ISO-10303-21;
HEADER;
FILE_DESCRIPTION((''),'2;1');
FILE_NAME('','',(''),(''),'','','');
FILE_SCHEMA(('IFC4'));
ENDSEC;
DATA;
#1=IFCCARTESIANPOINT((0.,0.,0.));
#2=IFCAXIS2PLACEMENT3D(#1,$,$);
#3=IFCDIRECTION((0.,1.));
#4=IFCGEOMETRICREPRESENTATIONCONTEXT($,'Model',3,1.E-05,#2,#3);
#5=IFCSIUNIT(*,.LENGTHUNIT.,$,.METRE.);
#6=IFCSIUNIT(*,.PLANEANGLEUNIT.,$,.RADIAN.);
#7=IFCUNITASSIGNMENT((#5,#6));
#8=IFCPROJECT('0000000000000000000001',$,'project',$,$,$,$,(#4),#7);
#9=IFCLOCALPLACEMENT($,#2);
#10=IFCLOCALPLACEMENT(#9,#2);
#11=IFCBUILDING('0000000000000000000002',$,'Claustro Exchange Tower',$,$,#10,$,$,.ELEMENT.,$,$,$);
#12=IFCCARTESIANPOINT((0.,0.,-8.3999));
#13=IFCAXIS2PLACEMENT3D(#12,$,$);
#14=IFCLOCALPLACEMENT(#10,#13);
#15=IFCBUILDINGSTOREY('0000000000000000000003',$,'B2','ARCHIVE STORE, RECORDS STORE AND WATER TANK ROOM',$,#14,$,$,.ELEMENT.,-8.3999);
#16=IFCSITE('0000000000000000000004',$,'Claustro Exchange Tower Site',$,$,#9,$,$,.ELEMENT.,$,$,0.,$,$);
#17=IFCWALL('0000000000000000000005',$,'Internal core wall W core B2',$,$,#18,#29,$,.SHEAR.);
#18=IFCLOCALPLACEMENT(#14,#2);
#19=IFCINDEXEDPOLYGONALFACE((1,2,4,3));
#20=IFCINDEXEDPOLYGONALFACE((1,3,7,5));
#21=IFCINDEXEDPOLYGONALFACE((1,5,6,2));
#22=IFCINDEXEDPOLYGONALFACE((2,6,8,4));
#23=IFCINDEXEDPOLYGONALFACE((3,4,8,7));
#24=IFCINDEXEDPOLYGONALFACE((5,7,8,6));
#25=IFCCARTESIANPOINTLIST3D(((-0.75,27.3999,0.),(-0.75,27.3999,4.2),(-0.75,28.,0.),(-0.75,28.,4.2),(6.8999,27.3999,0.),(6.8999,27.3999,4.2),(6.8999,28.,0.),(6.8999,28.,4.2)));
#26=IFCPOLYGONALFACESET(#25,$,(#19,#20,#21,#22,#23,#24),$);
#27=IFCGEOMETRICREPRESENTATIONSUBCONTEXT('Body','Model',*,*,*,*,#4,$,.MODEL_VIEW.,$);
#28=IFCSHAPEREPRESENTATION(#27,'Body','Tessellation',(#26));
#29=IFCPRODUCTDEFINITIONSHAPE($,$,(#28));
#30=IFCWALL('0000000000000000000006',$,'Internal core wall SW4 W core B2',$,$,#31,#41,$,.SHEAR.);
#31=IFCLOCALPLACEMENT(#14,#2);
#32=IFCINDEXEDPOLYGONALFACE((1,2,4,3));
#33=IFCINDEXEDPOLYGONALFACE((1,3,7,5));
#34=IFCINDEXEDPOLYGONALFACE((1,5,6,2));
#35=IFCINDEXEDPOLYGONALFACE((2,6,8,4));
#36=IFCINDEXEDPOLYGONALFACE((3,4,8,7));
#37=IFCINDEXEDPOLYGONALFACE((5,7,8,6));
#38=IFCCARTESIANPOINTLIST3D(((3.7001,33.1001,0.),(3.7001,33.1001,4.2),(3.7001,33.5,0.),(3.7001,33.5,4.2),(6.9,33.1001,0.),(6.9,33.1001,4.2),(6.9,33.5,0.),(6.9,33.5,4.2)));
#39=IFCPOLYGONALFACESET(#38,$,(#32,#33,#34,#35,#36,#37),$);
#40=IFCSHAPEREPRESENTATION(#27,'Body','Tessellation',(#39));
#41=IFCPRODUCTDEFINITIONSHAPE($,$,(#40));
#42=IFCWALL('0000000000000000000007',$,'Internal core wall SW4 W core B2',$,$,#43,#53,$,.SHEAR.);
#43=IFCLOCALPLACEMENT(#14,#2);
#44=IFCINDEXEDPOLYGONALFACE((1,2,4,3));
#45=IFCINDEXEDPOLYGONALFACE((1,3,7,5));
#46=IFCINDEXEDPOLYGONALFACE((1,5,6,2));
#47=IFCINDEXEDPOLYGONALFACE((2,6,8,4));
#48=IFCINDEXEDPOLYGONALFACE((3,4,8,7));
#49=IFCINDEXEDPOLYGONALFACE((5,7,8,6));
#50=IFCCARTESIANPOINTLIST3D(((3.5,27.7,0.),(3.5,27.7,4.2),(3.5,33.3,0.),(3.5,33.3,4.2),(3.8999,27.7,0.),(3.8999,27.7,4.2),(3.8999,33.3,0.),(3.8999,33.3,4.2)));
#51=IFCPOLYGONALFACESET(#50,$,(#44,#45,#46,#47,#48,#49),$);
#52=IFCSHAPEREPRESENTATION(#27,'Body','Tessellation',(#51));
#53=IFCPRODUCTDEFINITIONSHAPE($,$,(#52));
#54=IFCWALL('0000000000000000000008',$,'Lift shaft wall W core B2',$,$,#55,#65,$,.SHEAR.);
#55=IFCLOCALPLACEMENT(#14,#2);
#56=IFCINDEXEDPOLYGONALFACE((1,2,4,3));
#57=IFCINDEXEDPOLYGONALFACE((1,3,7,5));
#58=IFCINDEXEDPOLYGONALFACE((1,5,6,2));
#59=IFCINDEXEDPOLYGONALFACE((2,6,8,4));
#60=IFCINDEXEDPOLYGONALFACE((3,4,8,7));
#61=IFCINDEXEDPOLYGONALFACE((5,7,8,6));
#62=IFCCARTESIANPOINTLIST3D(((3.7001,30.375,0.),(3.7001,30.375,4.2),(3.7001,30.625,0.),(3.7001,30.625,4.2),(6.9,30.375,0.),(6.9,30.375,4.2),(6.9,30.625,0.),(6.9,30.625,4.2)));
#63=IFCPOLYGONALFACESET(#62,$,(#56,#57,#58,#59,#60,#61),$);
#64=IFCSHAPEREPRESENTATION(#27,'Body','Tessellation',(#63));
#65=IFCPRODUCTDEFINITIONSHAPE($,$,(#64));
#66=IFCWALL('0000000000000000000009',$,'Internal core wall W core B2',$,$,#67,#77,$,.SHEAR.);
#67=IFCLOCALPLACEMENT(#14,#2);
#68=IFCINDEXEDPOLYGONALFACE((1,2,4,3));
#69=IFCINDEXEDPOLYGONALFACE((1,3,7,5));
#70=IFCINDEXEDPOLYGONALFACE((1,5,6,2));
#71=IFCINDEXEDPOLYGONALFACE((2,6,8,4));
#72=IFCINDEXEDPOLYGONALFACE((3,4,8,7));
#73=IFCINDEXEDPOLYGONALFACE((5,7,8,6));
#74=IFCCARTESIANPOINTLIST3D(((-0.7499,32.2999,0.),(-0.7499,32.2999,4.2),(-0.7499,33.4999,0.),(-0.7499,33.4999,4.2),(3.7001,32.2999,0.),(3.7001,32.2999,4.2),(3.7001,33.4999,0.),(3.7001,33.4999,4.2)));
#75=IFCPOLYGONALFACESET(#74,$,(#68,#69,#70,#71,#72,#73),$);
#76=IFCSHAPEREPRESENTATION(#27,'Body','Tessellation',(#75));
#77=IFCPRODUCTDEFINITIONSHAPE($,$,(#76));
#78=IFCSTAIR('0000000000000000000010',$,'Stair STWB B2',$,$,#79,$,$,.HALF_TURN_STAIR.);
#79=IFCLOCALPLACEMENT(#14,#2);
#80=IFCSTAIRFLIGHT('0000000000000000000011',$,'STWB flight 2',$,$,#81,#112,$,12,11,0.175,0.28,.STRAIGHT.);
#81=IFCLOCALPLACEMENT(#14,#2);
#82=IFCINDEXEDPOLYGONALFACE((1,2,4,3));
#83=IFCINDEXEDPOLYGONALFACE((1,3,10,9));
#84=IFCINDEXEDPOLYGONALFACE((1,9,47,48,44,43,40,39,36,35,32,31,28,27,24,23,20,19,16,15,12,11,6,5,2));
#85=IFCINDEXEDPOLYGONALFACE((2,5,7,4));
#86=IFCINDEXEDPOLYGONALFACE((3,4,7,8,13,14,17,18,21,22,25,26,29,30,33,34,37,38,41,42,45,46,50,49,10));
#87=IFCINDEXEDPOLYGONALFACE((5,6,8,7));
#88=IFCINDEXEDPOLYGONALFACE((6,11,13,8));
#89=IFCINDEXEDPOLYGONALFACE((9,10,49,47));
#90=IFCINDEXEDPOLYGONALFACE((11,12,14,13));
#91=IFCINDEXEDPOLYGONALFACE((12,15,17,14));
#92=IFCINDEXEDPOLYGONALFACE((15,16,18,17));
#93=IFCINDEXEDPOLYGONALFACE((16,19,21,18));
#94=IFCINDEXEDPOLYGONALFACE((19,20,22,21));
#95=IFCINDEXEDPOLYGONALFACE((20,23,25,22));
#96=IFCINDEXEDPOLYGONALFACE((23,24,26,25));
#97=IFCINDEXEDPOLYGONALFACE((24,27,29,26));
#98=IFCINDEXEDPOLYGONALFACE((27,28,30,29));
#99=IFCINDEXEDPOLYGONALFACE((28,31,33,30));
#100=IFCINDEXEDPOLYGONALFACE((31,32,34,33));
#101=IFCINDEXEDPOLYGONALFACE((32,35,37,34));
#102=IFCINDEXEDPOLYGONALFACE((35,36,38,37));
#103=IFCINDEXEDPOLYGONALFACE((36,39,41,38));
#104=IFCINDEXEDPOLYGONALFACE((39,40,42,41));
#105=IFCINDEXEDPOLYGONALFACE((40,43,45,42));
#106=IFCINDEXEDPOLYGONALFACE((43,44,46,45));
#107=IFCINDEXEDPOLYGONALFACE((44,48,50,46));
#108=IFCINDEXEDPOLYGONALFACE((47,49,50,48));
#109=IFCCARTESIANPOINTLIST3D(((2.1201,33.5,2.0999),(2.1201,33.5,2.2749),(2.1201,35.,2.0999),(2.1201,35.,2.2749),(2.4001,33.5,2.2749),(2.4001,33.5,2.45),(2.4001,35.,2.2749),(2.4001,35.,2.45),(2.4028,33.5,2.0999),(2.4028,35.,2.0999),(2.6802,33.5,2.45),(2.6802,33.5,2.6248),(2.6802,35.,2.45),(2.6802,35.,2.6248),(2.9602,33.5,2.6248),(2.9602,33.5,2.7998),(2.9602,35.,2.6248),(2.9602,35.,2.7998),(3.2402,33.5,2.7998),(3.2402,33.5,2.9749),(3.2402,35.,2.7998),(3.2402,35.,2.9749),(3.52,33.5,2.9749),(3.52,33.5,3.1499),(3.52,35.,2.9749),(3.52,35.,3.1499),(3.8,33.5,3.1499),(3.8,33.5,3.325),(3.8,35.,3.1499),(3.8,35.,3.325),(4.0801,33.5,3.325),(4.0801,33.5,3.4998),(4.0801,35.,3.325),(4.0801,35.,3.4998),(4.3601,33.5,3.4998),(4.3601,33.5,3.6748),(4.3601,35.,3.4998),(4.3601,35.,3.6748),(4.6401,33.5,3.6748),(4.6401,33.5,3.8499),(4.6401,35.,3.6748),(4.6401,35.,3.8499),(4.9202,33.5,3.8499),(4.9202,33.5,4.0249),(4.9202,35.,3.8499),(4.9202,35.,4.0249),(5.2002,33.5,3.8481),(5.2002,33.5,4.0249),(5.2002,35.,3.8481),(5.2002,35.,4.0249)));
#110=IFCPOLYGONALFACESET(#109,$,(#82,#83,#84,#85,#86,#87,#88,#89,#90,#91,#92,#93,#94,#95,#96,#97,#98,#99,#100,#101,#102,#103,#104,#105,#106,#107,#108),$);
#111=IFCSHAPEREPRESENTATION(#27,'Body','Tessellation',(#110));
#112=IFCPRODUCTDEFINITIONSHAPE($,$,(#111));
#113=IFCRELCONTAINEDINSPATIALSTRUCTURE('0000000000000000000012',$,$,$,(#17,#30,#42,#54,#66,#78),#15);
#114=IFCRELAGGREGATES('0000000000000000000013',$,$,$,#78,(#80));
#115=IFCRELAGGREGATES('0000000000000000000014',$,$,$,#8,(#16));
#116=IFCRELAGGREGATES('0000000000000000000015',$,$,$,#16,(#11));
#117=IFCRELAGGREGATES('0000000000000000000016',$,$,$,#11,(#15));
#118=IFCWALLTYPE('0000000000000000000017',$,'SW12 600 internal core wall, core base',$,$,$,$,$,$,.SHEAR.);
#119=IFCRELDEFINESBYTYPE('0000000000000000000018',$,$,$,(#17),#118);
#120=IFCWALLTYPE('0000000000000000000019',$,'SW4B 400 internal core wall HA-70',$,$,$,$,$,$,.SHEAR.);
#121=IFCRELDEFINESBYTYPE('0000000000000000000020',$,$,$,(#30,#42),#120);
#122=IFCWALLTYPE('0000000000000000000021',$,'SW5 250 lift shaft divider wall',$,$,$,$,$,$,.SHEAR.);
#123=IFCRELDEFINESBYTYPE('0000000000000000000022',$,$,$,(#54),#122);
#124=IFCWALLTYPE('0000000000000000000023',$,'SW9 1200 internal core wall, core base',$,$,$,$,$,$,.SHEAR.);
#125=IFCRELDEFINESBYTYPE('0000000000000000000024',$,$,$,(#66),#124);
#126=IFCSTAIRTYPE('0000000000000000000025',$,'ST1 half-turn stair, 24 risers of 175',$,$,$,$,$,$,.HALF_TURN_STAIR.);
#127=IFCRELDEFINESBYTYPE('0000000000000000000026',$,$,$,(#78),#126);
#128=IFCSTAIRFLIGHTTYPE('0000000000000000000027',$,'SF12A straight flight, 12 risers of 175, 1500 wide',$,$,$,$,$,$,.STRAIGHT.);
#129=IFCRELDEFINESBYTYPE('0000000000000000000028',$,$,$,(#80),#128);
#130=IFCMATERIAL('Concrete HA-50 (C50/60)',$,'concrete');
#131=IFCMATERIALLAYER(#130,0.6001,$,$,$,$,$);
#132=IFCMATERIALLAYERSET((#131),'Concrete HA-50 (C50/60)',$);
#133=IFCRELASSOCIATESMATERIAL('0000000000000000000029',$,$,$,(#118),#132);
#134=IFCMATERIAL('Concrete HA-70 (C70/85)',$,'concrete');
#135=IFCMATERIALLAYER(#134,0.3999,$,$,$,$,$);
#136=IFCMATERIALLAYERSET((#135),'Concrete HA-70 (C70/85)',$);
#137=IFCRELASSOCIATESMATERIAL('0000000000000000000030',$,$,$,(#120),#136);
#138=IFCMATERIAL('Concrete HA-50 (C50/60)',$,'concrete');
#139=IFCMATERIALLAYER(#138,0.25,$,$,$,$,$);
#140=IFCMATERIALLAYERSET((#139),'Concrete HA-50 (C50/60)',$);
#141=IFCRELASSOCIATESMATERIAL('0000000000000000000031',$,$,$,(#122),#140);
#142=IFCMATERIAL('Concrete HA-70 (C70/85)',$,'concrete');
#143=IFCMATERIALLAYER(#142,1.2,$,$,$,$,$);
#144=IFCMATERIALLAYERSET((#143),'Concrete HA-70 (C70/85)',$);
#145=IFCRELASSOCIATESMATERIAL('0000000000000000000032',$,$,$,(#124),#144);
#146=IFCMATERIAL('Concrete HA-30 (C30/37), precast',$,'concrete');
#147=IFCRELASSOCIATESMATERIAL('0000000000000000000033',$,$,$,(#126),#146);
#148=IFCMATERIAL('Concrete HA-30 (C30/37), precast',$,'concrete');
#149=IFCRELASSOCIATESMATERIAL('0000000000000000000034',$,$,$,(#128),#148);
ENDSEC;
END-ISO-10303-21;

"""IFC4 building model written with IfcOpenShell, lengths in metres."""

from ifc_helpers import new_model, si_unit, direction, frame, frame_2d, origin, place, context, subcontext, project, spatial, polyline, rectangle, outline, extrude, material, layer, layer_set, type_object, element, aggregate, save


model = new_model("IFC4")

# Units and contexts
model_context = context("Model", 3, precision=1e-05, world=origin(), true_north=direction((0.0, 1.0)))
body_context = subcontext(model_context, "Body", "Model", "MODEL_VIEW")
ifc_project = project(units=[si_unit("LENGTHUNIT", "METRE"), si_unit("PLANEANGLEUNIT", "RADIAN")], contexts=[model_context])

# Site, building, storey
site_placement = place(None, origin())
site = spatial("IfcSite", under=ifc_project, at=site_placement, Name="Claustro Exchange Tower Site", CompositionType="ELEMENT", RefElevation=0.0)
building_placement = place(site_placement, origin())
building = spatial("IfcBuilding", under=site, at=building_placement, Name="Claustro Exchange Tower", CompositionType="ELEMENT")
storey_placement = place(building_placement, frame((0.0, 0.0, -8.3999)))
storey = spatial("IfcBuildingStorey", under=building, at=storey_placement, Name="B2", Description="ARCHIVE STORE, RECORDS STORE AND WATER TANK ROOM", CompositionType="ELEMENT", Elevation=-8.3999)

# Walls
ifc_material_1 = material(Name="Concrete HA-50 (C50/60)", Category="concrete")
ifc_layer_1 = layer(ifc_material_1, 0.6001)
ifc_layer_set_1 = layer_set([ifc_layer_1], Name="Concrete HA-50 (C50/60)")
wall_type_1 = type_object("IfcWallType", Name="SW12 600 internal core wall, core base", PredefinedType="SHEAR", material=ifc_layer_set_1)
for number, where, z_axis, x_axis, name in (
    (1, (-0.75, 27.7, 0.0), (0.0, 0.0, 1.0), (1.0, 0.0, 0.0), "Internal core wall W core B2"),
):
    element("IfcWall", number, at=place(storey_placement, frame(where, z_axis=z_axis, x_axis=x_axis)), inside=storey, type_object=wall_type_1, Name=name, PredefinedType="SHEAR", context=body_context, shape_type="SweptSolid", body=[
        extrude(rectangle(XDim=7.6499, YDim=0.6001, at=frame_2d((3.825, 0.0))), origin(), (0.0, 0.0, 1.0), 4.2),
    ])
ifc_material_2 = material(Name="Concrete HA-70 (C70/85)", Category="concrete")
ifc_layer_2 = layer(ifc_material_2, 0.3999)
ifc_layer_set_2 = layer_set([ifc_layer_2], Name="Concrete HA-70 (C70/85)")
wall_type_2 = type_object("IfcWallType", Name="SW4B 400 internal core wall HA-70", PredefinedType="SHEAR", material=ifc_layer_set_2)
wall_1_placement = place(storey_placement, frame((3.7, 33.3, 0.0), z_axis=(0.0, 0.0, 1.0), x_axis=(1.0, 0.0, 0.0)))
element("IfcWall", 2, at=wall_1_placement, inside=storey, type_object=wall_type_2, Name="Internal core wall SW4 W core B2", PredefinedType="SHEAR", context=body_context, shape_type="SweptSolid", body=[
    extrude(rectangle(XDim=3.2, YDim=0.3999, at=frame_2d((1.6001, 0.0))), origin(), (0.0, 0.0, 1.0), 4.2),
])
wall_2_placement = place(storey_placement, frame((3.7, 27.7, 0.0), z_axis=(0.0, 0.0, 1.0), x_axis=(0.0, 1.0, 0.0)))
element("IfcWall", 3, at=wall_2_placement, inside=storey, type_object=wall_type_2, Name="Internal core wall SW4 W core B2", PredefinedType="SHEAR", context=body_context, shape_type="SweptSolid", body=[
    extrude(rectangle(XDim=5.6001, YDim=0.3999, at=frame_2d((2.8, 0.0))), origin(), (0.0, 0.0, 1.0), 4.2),
])
ifc_material_3 = material(Name="Concrete HA-50 (C50/60)", Category="concrete")
ifc_layer_3 = layer(ifc_material_3, 0.25)
ifc_layer_set_3 = layer_set([ifc_layer_3], Name="Concrete HA-50 (C50/60)")
wall_type_3 = type_object("IfcWallType", Name="SW5 250 lift shaft divider wall", PredefinedType="SHEAR", material=ifc_layer_set_3)
wall_3_placement = place(storey_placement, frame((3.7, 30.5, 0.0), z_axis=(0.0, 0.0, 1.0), x_axis=(1.0, 0.0, 0.0)))
element("IfcWall", 4, at=wall_3_placement, inside=storey, type_object=wall_type_3, Name="Lift shaft wall W core B2", PredefinedType="SHEAR", context=body_context, shape_type="SweptSolid", body=[
    extrude(rectangle(XDim=3.2, YDim=0.25, at=frame_2d((1.6001, 0.0))), origin(), (0.0, 0.0, 1.0), 4.2),
])
ifc_material_4 = material(Name="Concrete HA-70 (C70/85)", Category="concrete")
ifc_layer_4 = layer(ifc_material_4, 1.2)
ifc_layer_set_4 = layer_set([ifc_layer_4], Name="Concrete HA-70 (C70/85)")
wall_type_4 = type_object("IfcWallType", Name="SW9 1200 internal core wall, core base", PredefinedType="SHEAR", material=ifc_layer_set_4)
wall_4_placement = place(storey_placement, frame((-0.75, 32.8999, 0.0), z_axis=(0.0, 0.0, 1.0), x_axis=(1.0, 0.0, 0.0)))
element("IfcWall", 5, at=wall_4_placement, inside=storey, type_object=wall_type_4, Name="Internal core wall W core B2", PredefinedType="SHEAR", context=body_context, shape_type="SweptSolid", body=[
    extrude(rectangle(XDim=4.45, YDim=1.2, at=frame_2d((2.2251, 0.0))), origin(), (0.0, 0.0, 1.0), 4.2),
])

# Stair, stair flight
ifc_material_5 = material(Name="Concrete HA-30 (C30/37), precast", Category="concrete")
stair_type = type_object("IfcStairType", Name="ST1 half-turn stair, 24 risers of 175", PredefinedType="HALF_TURN_STAIR", material=ifc_material_5)
stair_placement = place(storey_placement, origin())
stair = element("IfcStair", 6, at=stair_placement, inside=storey, type_object=stair_type, Name="Stair STWB B2", PredefinedType="HALF_TURN_STAIR")
ifc_material_6 = material(Name="Concrete HA-30 (C30/37), precast", Category="concrete")
stair_flight_type = type_object("IfcStairFlightType", Name="SF12A straight flight, 12 risers of 175, 1500 wide", PredefinedType="STRAIGHT", material=ifc_material_6)
stair_flight_placement = place(storey_placement, frame((2.1201, 34.25, 2.0999), z_axis=(0.0, 0.0, 1.0), x_axis=(1.0, 0.0, 0.0)))
stair_flight = element("IfcStairFlight", 7, at=stair_flight_placement, type_object=stair_flight_type, Name="STWB flight 2", NumberOfRisers=12, NumberOfTreads=11, PredefinedType="STRAIGHT", RiserHeight=0.175, TreadLength=0.28, context=body_context, shape_type="SweptSolid", body=[
    extrude(outline(polyline([(0.0, 0.0), (0.0, 0.175), (0.28, 0.175), (0.28, 0.3501), (0.5601, 0.3501), (0.5601, 0.5249), (0.8401, 0.5249), (0.8401, 0.7), (1.1201, 0.7), (1.1201, 0.875), (1.3999, 0.875), (1.3999, 1.05), (1.6799, 1.05), (1.6799, 1.2251), (1.96, 1.2251), (1.96, 1.3999), (2.24, 1.3999), (2.24, 1.575), (2.52, 1.575), (2.52, 1.75), (2.8, 1.75), (2.8, 1.925), (3.0801, 1.925), (3.0801, 2.1001), (3.0801, 1.7483), (0.2827, 0.0), (0.0, 0.0)])), frame((0.0, 0.75, 0.0), z_axis=(0.0, -1.0, 0.0), x_axis=(1.0, 0.0, 0.0)), (0.0, 0.0, 1.0), 1.5),
])
aggregate(stair, [stair_flight])

save(model, "model.ifc")
